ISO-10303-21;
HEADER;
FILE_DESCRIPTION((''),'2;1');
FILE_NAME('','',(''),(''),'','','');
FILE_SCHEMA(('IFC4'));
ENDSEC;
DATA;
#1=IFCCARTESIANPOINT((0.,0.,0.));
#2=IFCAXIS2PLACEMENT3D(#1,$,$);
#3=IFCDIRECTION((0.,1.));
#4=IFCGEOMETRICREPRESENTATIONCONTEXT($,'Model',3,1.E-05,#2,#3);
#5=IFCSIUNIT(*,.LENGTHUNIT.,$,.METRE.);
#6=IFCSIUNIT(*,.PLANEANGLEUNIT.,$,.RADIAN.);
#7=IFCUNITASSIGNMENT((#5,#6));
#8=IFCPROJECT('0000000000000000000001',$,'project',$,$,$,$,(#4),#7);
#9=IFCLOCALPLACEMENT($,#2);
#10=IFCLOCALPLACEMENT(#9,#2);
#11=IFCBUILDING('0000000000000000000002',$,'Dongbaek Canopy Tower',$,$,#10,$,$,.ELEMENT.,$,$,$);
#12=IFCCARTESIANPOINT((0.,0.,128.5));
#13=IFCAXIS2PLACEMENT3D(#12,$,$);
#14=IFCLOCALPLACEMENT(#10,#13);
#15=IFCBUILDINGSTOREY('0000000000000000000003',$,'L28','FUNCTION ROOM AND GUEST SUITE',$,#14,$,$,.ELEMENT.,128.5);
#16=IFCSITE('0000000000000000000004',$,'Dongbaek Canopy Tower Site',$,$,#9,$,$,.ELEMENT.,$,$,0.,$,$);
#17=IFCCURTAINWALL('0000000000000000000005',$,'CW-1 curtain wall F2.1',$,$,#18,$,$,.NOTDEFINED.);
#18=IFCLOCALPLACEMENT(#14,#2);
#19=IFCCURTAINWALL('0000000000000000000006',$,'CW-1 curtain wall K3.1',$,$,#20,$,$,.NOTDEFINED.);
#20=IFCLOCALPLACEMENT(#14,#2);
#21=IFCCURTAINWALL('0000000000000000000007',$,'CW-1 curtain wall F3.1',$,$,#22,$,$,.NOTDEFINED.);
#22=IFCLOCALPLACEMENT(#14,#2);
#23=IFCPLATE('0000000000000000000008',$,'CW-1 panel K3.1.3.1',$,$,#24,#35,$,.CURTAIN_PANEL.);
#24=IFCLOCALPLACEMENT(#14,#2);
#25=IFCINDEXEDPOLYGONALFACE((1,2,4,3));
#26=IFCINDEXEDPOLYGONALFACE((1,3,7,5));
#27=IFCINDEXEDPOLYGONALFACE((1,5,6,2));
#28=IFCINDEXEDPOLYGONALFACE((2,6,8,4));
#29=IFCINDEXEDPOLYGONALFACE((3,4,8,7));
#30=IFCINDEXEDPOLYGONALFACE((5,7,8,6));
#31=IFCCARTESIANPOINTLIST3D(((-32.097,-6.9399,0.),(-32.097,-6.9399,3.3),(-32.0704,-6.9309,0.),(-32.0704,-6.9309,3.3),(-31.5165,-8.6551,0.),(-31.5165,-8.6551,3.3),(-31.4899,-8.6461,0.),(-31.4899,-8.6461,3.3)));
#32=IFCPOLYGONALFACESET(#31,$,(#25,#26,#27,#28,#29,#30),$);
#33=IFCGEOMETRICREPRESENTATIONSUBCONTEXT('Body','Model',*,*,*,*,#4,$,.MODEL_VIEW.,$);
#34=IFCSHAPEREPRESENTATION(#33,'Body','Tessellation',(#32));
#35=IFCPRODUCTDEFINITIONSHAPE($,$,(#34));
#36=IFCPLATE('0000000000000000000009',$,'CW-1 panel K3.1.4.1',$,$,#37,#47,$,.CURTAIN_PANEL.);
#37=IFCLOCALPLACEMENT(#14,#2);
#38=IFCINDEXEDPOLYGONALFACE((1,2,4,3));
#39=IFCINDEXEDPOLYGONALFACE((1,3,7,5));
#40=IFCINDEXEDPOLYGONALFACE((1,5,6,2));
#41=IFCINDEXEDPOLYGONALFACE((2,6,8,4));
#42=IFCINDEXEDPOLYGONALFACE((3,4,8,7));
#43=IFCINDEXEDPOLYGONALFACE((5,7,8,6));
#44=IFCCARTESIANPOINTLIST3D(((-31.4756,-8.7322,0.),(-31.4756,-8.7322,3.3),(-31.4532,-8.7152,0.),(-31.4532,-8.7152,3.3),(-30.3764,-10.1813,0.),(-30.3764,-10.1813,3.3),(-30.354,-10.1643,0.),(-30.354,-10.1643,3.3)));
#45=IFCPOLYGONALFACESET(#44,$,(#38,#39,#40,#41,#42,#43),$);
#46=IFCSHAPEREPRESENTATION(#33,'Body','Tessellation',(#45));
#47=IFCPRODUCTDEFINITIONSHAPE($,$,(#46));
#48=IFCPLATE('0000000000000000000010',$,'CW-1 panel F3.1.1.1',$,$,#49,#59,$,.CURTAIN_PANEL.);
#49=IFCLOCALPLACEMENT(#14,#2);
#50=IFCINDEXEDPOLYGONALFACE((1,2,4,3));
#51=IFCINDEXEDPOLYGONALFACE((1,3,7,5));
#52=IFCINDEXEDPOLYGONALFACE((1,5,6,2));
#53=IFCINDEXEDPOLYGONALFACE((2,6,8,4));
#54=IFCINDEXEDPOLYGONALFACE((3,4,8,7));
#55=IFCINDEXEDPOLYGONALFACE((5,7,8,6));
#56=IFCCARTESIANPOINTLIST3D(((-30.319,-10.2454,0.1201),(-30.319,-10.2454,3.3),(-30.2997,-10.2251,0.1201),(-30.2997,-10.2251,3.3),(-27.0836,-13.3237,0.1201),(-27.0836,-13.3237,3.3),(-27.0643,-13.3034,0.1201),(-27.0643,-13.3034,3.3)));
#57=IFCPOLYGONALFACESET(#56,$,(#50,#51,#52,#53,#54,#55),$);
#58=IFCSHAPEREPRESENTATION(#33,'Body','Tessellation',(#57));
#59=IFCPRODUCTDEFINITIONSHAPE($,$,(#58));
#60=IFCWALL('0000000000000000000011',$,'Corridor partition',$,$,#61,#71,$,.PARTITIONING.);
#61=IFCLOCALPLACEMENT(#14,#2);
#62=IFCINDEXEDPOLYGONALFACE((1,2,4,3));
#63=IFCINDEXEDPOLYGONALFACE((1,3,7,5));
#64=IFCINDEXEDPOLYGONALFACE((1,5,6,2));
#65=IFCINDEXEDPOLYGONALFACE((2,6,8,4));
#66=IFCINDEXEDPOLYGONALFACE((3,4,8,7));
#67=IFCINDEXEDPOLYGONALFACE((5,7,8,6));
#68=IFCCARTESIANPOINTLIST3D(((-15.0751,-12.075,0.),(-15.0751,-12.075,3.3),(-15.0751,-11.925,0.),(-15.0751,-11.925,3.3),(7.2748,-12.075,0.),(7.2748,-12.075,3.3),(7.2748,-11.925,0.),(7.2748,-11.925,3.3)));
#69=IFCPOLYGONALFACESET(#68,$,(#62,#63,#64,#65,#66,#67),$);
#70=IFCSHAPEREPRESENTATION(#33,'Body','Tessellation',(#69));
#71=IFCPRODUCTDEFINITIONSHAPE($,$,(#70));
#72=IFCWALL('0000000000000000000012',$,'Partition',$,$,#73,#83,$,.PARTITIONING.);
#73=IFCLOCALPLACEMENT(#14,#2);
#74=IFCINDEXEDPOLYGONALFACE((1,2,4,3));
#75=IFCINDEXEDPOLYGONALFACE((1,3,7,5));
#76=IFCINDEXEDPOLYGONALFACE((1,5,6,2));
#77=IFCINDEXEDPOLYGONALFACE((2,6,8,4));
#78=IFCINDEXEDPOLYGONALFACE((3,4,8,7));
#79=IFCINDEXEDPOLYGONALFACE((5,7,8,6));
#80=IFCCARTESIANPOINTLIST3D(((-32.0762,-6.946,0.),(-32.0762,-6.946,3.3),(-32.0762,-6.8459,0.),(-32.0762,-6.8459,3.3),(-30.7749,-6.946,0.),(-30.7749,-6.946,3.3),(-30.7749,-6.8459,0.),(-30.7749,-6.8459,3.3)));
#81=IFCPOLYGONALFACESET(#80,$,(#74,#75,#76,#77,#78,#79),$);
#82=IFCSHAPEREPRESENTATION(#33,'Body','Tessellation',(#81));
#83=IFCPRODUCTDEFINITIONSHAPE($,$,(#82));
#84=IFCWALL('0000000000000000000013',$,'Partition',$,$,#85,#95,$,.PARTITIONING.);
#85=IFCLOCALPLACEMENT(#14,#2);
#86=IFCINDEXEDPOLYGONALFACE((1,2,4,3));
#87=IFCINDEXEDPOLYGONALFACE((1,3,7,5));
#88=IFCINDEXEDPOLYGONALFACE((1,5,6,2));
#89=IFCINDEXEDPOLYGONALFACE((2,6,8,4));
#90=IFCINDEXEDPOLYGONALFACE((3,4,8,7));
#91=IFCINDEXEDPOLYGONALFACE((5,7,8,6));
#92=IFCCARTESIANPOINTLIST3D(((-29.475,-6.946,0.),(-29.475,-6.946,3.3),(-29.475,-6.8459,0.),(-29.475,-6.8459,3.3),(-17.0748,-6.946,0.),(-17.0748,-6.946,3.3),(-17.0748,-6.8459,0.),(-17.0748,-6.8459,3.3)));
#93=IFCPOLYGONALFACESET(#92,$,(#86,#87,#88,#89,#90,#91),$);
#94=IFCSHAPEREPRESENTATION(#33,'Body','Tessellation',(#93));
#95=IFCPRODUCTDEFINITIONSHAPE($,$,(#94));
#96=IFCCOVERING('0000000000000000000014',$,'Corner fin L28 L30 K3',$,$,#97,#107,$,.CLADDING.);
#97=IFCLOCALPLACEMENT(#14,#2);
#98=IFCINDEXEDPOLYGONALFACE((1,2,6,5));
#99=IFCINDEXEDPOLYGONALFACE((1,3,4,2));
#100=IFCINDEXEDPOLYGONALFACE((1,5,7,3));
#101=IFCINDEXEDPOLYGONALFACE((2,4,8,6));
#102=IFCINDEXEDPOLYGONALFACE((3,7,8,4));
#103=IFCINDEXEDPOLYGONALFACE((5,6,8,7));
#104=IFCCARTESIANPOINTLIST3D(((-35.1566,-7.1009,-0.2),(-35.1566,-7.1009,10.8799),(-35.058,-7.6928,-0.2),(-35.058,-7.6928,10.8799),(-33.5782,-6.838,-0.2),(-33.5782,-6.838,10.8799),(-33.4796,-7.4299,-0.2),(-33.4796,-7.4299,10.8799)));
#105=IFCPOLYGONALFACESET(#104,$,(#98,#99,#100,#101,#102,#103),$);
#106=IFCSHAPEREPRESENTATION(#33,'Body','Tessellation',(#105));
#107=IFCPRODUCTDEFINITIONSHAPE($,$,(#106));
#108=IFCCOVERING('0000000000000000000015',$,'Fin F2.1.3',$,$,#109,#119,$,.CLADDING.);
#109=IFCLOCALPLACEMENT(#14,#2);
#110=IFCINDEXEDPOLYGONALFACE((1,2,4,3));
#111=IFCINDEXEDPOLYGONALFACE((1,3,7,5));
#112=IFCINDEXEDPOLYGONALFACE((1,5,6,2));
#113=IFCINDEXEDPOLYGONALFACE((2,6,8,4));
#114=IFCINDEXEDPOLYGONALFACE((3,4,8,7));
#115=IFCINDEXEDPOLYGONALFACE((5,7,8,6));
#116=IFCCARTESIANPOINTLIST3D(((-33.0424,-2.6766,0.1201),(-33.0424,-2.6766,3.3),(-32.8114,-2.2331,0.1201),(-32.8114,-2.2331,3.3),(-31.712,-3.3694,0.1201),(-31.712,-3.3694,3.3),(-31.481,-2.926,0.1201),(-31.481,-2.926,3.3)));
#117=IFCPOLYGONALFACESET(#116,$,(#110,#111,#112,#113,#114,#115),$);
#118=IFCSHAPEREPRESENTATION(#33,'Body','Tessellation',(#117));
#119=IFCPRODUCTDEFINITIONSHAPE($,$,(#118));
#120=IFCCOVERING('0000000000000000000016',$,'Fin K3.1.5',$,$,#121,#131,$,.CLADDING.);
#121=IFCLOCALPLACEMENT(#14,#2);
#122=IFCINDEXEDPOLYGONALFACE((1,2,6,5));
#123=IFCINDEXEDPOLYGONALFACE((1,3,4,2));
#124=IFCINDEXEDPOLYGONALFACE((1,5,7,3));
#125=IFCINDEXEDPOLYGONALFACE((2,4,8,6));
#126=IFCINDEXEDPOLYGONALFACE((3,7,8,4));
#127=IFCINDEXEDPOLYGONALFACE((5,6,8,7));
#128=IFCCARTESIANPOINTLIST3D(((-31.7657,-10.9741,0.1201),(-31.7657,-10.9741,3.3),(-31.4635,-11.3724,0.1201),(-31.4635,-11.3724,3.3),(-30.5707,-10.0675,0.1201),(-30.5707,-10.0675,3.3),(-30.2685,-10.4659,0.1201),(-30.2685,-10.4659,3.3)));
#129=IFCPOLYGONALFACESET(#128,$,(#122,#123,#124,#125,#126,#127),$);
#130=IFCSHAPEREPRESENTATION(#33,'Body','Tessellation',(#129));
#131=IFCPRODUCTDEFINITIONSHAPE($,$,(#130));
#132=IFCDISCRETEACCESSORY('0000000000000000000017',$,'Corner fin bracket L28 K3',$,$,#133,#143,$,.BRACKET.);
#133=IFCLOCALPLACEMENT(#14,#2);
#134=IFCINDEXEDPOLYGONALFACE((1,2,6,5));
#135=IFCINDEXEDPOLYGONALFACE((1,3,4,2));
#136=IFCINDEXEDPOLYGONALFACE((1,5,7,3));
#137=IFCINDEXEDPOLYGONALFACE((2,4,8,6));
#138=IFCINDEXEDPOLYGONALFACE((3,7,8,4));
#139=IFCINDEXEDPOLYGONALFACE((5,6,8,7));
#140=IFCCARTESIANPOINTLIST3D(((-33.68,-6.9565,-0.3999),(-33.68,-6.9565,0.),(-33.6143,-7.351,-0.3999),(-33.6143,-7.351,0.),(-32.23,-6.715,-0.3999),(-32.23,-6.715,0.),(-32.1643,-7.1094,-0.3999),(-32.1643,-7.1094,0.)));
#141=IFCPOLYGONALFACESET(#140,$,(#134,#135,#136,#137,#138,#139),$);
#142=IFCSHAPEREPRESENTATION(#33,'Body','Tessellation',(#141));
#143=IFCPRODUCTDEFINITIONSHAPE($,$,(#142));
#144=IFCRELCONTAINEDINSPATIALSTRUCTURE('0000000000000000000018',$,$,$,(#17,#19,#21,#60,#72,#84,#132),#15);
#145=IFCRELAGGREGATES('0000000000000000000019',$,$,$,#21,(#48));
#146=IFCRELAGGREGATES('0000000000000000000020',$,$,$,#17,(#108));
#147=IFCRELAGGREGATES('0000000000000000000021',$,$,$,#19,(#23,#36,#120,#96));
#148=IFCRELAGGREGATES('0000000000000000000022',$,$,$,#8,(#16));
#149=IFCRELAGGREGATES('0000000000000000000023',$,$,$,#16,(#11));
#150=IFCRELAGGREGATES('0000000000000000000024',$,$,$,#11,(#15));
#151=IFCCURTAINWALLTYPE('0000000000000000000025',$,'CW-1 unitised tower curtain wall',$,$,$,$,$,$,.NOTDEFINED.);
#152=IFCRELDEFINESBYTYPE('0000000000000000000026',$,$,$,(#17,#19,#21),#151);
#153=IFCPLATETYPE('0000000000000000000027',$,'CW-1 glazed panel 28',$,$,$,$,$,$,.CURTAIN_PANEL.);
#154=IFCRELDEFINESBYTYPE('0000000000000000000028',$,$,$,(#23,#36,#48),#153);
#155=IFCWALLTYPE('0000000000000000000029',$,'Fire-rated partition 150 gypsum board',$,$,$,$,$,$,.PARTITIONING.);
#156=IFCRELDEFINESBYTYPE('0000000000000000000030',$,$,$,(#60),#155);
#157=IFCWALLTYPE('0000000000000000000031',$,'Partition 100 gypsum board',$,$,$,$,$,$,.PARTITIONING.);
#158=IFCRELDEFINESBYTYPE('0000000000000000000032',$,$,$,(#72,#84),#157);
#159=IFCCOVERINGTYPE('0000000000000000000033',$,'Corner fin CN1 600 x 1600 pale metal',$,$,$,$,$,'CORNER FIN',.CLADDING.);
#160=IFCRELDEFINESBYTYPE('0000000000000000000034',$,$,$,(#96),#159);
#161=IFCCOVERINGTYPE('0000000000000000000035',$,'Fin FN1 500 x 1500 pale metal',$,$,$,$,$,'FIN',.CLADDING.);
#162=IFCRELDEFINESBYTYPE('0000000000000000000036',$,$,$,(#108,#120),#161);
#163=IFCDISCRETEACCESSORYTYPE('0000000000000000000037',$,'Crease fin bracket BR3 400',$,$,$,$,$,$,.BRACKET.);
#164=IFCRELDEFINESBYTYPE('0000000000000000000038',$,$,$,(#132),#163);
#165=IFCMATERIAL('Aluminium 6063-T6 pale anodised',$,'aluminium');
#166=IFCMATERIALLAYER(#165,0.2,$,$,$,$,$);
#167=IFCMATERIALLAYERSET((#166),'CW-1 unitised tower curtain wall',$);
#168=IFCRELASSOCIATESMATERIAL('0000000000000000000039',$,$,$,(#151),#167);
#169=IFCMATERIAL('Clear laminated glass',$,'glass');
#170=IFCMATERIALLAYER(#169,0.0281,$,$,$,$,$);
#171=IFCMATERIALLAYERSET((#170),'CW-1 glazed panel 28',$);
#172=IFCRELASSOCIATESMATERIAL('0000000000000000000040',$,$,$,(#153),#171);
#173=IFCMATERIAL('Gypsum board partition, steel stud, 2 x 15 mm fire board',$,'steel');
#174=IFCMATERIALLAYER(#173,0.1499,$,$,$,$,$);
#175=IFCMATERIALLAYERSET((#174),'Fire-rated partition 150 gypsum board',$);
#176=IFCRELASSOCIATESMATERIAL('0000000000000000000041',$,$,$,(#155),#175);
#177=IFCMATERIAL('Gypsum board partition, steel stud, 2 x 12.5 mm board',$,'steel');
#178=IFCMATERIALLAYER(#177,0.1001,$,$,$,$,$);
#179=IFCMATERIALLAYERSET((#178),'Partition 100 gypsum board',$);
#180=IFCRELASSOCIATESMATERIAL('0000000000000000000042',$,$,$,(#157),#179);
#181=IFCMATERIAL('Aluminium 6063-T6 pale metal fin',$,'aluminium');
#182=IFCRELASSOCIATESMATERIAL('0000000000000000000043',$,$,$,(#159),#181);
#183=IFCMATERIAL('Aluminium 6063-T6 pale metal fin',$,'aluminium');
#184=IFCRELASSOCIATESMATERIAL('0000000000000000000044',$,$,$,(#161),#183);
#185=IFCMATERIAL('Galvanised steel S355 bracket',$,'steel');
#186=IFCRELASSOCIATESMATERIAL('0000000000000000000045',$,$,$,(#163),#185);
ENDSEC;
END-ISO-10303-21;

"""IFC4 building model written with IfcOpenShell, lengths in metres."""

from ifc_helpers import new_model, si_unit, direction, frame, frame_2d, origin, origin_2d, place, context, subcontext, project, spatial, rectangle, extrude, material, layer, layer_set, material_profile, profile_set, type_object, element, aggregate, save


model = new_model("IFC4")

# Units and contexts
model_context = context("Model", 3, precision=1e-05, world=origin(), true_north=direction((0.0, 1.0)))
body_context = subcontext(model_context, "Body", "Model", "MODEL_VIEW")
ifc_project = project(units=[si_unit("LENGTHUNIT", "METRE"), si_unit("PLANEANGLEUNIT", "RADIAN")], contexts=[model_context])

# Site, building, storey
site_placement = place(None, origin())
site = spatial("IfcSite", under=ifc_project, at=site_placement, Name="Dongbaek Canopy Tower Site", CompositionType="ELEMENT", RefElevation=0.0)
building_placement = place(site_placement, origin())
building = spatial("IfcBuilding", under=site, at=building_placement, Name="Dongbaek Canopy Tower", CompositionType="ELEMENT")
storey_placement = place(building_placement, frame((0.0, 0.0, 128.5)))
storey = spatial("IfcBuildingStorey", under=building, at=storey_placement, Name="L28", Description="FUNCTION ROOM AND GUEST SUITE", CompositionType="ELEMENT", Elevation=128.5)

# Curtain wall
ifc_material_1 = material(Name="Aluminium 6063-T6 pale anodised", Category="aluminium")
ifc_layer_1 = layer(ifc_material_1, 0.2)
ifc_layer_set_1 = layer_set([ifc_layer_1], Name="CW-1 unitised tower curtain wall")
curtain_wall_type = type_object("IfcCurtainWallType", Name="CW-1 unitised tower curtain wall", PredefinedType="NOTDEFINED", material=ifc_layer_set_1)
curtain_wall_1_placement = place(storey_placement, origin())
curtain_wall_1 = element("IfcCurtainWall", 1, at=curtain_wall_1_placement, inside=storey, type_object=curtain_wall_type, Name="CW-1 curtain wall F2.1", PredefinedType="NOTDEFINED")

# Curtain wall
curtain_wall_2_placement = place(storey_placement, origin())
curtain_wall_2 = element("IfcCurtainWall", 2, at=curtain_wall_2_placement, inside=storey, type_object=curtain_wall_type, Name="CW-1 curtain wall K3.1", PredefinedType="NOTDEFINED")

# Curtain wall
curtain_wall_3_placement = place(storey_placement, origin())
curtain_wall_3 = element("IfcCurtainWall", 3, at=curtain_wall_3_placement, inside=storey, type_object=curtain_wall_type, Name="CW-1 curtain wall F3.1", PredefinedType="NOTDEFINED")

# Plates
ifc_material_2 = material(Name="Clear laminated glass", Category="glass")
ifc_layer_2 = layer(ifc_material_2, 0.0281)
ifc_layer_set_2 = layer_set([ifc_layer_2], Name="CW-1 glazed panel 28")
plate_type = type_object("IfcPlateType", Name="CW-1 glazed panel 28", PredefinedType="CURTAIN_PANEL", material=ifc_layer_set_2)
plate_1_placement = place(storey_placement, frame((-31.7935, -7.793, 0.0), z_axis=(0.0, 0.0, 1.0), x_axis=(0.320601, -0.947214, 0.0)))
plate_1 = element("IfcPlate", 4, at=plate_1_placement, type_object=plate_type, Name="CW-1 panel K3.1.3.1", PredefinedType="CURTAIN_PANEL", context=body_context, shape_type="SweptSolid", body=[
    extrude(rectangle(XDim=1.8108, YDim=0.0281, at=origin_2d()), origin(), (0.0, 0.0, 1.0), 3.3),
])
plate_2_placement = place(storey_placement, frame((-30.9148, -9.4482, 0.0), z_axis=(0.0, 0.0, 1.0), x_axis=(0.604365, -0.796707, 0.0)))
plate_2 = element("IfcPlate", 5, at=plate_2_placement, type_object=plate_type, Name="CW-1 panel K3.1.4.1", PredefinedType="CURTAIN_PANEL", context=body_context, shape_type="SweptSolid", body=[
    extrude(rectangle(XDim=1.8188, YDim=0.0281, at=origin_2d()), origin(), (0.0, 0.0, 1.0), 3.3),
])
plate_3_placement = place(storey_placement, frame((-28.6917, -11.7744, 0.1201), z_axis=(0.0, 0.0, 1.0), x_axis=(0.724474, -0.689302, 0.0)))
plate_3 = element("IfcPlate", 6, at=plate_3_placement, type_object=plate_type, Name="CW-1 panel F3.1.1.1", PredefinedType="CURTAIN_PANEL", context=body_context, shape_type="SweptSolid", body=[
    extrude(rectangle(XDim=4.4658, YDim=0.0281, at=origin_2d()), origin(), (0.0, 0.0, 1.0), 3.1799),
])
aggregate(curtain_wall_3, [plate_3])

# Walls
ifc_material_3 = material(Name="Gypsum board partition, steel stud, 2 x 15 mm fire board", Category="steel")
ifc_layer_3 = layer(ifc_material_3, 0.1499)
ifc_layer_set_3 = layer_set([ifc_layer_3], Name="Fire-rated partition 150 gypsum board")
wall_type_1 = type_object("IfcWallType", Name="Fire-rated partition 150 gypsum board", PredefinedType="PARTITIONING", material=ifc_layer_set_3)
wall_1_placement = place(storey_placement, frame((-15.075, -12.0, 0.0), z_axis=(0.0, 0.0, 1.0), x_axis=(1.0, 0.0, 0.0)))
element("IfcWall", 7, at=wall_1_placement, inside=storey, type_object=wall_type_1, Name="Corridor partition", PredefinedType="PARTITIONING", context=body_context, shape_type="SweptSolid", body=[
    extrude(rectangle(XDim=22.3499, YDim=0.1499, at=frame_2d((11.1748, 0.0))), origin(), (0.0, 0.0, 1.0), 3.3),
])
ifc_material_4 = material(Name="Gypsum board partition, steel stud, 2 x 12.5 mm board", Category="steel")
ifc_layer_4 = layer(ifc_material_4, 0.1001)
ifc_layer_set_4 = layer_set([ifc_layer_4], Name="Partition 100 gypsum board")
wall_type_2 = type_object("IfcWallType", Name="Partition 100 gypsum board", PredefinedType="PARTITIONING", material=ifc_layer_set_4)
wall_2_placement = place(storey_placement, frame((-32.0762, -6.896, 0.0), z_axis=(0.0, 0.0, 1.0), x_axis=(1.0, 0.0, 0.0)))
element("IfcWall", 8, at=wall_2_placement, inside=storey, type_object=wall_type_2, Name="Partition", PredefinedType="PARTITIONING", context=body_context, shape_type="SweptSolid", body=[
    extrude(rectangle(XDim=1.3013, YDim=0.1001, at=frame_2d((0.6506, 0.0))), origin(), (0.0, 0.0, 1.0), 3.3),
])
wall_3_placement = place(storey_placement, frame((-29.4751, -6.896, 0.0), z_axis=(0.0, 0.0, 1.0), x_axis=(1.0, 0.0, 0.0)))
element("IfcWall", 9, at=wall_3_placement, inside=storey, type_object=wall_type_2, Name="Partition", PredefinedType="PARTITIONING", context=body_context, shape_type="SweptSolid", body=[
    extrude(rectangle(XDim=12.4001, YDim=0.1001, at=frame_2d((6.2002, 0.0))), origin(), (0.0, 0.0, 1.0), 3.3),
])

# Coverings
ifc_material_5 = material(Name="Aluminium 6063-T6 pale metal fin", Category="aluminium")
ifc_material_profile_1 = material_profile(ifc_material_5, rectangle(XDim=1.6001, YDim=0.6001, at=origin_2d()), Name="Corner fin CN1 600 x 1600 pale metal")
ifc_profile_set_1 = profile_set([ifc_material_profile_1], Name="Aluminium 6063-T6 pale metal fin")
covering_type_1 = type_object("IfcCoveringType", Name="Corner fin CN1 600 x 1600 pale metal", ElementType="CORNER FIN", PredefinedType="CLADDING", material=ifc_profile_set_1)
covering_1_placement = place(storey_placement, frame((-34.3181, -7.2654, -0.2), z_axis=(0.0, 0.0, 1.0), x_axis=(-0.986408, -0.164313, 0.0)))
covering_1 = element("IfcCovering", 10, at=covering_1_placement, type_object=covering_type_1, Name="Corner fin L28 L30 K3", PredefinedType="CLADDING", context=body_context, shape_type="SweptSolid", body=[
    extrude(rectangle(XDim=1.6001, YDim=0.6001, at=origin_2d()), origin(), (0.0, 0.0, 1.0), 11.0798),
])
ifc_material_6 = material(Name="Aluminium 6063-T6 pale metal fin", Category="aluminium")
ifc_material_profile_2 = material_profile(ifc_material_6, rectangle(XDim=1.5, YDim=0.5, at=origin_2d()), Name="Fin FN1 500 x 1500 pale metal")
ifc_profile_set_2 = profile_set([ifc_material_profile_2], Name="Aluminium 6063-T6 pale metal fin")
covering_type_2 = type_object("IfcCoveringType", Name="Fin FN1 500 x 1500 pale metal", ElementType="FIN", PredefinedType="CLADDING", material=ifc_profile_set_2)
covering_2_placement = place(storey_placement, frame((-32.2617, -2.8013, 0.1201), z_axis=(0.0, 0.0, 1.0), x_axis=(-0.886927, 0.46191, 0.0)))
covering_2 = element("IfcCovering", 11, at=covering_2_placement, type_object=covering_type_2, Name="Fin F2.1.3", PredefinedType="CLADDING", context=body_context, shape_type="SweptSolid", body=[
    extrude(rectangle(XDim=1.5, YDim=0.5, at=origin_2d()), origin(), (0.0, 0.0, 1.0), 3.1799),
])
aggregate(curtain_wall_1, [covering_2])
covering_3_placement = place(storey_placement, frame((-31.0171, -10.72, 0.1201), z_axis=(0.0, 0.0, 1.0), x_axis=(-0.796707, -0.604365, 0.0)))
covering_3 = element("IfcCovering", 12, at=covering_3_placement, type_object=covering_type_2, Name="Fin K3.1.5", PredefinedType="CLADDING", context=body_context, shape_type="SweptSolid", body=[
    extrude(rectangle(XDim=1.5, YDim=0.5, at=origin_2d()), origin(), (0.0, 0.0, 1.0), 3.1799),
])
aggregate(curtain_wall_2, [plate_1, plate_2, covering_3, covering_1])

# Discrete accessory
ifc_material_7 = material(Name="Galvanised steel S355 bracket", Category="steel")
discrete_accessory_type = type_object("IfcDiscreteAccessoryType", Name="Crease fin bracket BR3 400", PredefinedType="BRACKET", material=ifc_material_7)
discrete_accessory_placement = place(storey_placement, frame((-32.9221, -7.033, -0.3999), z_axis=(0.0, 0.0, 1.0), x_axis=(-0.986408, -0.164313, 0.0)))
element("IfcDiscreteAccessory", 13, at=discrete_accessory_placement, inside=storey, type_object=discrete_accessory_type, Name="Corner fin bracket L28 K3", PredefinedType="BRACKET", context=body_context, shape_type="SweptSolid", body=[
    extrude(rectangle(XDim=1.47, YDim=0.3999, at=origin_2d()), origin(), (0.0, 0.0, 1.0), 0.3999),
])

save(model, "model.ifc")
